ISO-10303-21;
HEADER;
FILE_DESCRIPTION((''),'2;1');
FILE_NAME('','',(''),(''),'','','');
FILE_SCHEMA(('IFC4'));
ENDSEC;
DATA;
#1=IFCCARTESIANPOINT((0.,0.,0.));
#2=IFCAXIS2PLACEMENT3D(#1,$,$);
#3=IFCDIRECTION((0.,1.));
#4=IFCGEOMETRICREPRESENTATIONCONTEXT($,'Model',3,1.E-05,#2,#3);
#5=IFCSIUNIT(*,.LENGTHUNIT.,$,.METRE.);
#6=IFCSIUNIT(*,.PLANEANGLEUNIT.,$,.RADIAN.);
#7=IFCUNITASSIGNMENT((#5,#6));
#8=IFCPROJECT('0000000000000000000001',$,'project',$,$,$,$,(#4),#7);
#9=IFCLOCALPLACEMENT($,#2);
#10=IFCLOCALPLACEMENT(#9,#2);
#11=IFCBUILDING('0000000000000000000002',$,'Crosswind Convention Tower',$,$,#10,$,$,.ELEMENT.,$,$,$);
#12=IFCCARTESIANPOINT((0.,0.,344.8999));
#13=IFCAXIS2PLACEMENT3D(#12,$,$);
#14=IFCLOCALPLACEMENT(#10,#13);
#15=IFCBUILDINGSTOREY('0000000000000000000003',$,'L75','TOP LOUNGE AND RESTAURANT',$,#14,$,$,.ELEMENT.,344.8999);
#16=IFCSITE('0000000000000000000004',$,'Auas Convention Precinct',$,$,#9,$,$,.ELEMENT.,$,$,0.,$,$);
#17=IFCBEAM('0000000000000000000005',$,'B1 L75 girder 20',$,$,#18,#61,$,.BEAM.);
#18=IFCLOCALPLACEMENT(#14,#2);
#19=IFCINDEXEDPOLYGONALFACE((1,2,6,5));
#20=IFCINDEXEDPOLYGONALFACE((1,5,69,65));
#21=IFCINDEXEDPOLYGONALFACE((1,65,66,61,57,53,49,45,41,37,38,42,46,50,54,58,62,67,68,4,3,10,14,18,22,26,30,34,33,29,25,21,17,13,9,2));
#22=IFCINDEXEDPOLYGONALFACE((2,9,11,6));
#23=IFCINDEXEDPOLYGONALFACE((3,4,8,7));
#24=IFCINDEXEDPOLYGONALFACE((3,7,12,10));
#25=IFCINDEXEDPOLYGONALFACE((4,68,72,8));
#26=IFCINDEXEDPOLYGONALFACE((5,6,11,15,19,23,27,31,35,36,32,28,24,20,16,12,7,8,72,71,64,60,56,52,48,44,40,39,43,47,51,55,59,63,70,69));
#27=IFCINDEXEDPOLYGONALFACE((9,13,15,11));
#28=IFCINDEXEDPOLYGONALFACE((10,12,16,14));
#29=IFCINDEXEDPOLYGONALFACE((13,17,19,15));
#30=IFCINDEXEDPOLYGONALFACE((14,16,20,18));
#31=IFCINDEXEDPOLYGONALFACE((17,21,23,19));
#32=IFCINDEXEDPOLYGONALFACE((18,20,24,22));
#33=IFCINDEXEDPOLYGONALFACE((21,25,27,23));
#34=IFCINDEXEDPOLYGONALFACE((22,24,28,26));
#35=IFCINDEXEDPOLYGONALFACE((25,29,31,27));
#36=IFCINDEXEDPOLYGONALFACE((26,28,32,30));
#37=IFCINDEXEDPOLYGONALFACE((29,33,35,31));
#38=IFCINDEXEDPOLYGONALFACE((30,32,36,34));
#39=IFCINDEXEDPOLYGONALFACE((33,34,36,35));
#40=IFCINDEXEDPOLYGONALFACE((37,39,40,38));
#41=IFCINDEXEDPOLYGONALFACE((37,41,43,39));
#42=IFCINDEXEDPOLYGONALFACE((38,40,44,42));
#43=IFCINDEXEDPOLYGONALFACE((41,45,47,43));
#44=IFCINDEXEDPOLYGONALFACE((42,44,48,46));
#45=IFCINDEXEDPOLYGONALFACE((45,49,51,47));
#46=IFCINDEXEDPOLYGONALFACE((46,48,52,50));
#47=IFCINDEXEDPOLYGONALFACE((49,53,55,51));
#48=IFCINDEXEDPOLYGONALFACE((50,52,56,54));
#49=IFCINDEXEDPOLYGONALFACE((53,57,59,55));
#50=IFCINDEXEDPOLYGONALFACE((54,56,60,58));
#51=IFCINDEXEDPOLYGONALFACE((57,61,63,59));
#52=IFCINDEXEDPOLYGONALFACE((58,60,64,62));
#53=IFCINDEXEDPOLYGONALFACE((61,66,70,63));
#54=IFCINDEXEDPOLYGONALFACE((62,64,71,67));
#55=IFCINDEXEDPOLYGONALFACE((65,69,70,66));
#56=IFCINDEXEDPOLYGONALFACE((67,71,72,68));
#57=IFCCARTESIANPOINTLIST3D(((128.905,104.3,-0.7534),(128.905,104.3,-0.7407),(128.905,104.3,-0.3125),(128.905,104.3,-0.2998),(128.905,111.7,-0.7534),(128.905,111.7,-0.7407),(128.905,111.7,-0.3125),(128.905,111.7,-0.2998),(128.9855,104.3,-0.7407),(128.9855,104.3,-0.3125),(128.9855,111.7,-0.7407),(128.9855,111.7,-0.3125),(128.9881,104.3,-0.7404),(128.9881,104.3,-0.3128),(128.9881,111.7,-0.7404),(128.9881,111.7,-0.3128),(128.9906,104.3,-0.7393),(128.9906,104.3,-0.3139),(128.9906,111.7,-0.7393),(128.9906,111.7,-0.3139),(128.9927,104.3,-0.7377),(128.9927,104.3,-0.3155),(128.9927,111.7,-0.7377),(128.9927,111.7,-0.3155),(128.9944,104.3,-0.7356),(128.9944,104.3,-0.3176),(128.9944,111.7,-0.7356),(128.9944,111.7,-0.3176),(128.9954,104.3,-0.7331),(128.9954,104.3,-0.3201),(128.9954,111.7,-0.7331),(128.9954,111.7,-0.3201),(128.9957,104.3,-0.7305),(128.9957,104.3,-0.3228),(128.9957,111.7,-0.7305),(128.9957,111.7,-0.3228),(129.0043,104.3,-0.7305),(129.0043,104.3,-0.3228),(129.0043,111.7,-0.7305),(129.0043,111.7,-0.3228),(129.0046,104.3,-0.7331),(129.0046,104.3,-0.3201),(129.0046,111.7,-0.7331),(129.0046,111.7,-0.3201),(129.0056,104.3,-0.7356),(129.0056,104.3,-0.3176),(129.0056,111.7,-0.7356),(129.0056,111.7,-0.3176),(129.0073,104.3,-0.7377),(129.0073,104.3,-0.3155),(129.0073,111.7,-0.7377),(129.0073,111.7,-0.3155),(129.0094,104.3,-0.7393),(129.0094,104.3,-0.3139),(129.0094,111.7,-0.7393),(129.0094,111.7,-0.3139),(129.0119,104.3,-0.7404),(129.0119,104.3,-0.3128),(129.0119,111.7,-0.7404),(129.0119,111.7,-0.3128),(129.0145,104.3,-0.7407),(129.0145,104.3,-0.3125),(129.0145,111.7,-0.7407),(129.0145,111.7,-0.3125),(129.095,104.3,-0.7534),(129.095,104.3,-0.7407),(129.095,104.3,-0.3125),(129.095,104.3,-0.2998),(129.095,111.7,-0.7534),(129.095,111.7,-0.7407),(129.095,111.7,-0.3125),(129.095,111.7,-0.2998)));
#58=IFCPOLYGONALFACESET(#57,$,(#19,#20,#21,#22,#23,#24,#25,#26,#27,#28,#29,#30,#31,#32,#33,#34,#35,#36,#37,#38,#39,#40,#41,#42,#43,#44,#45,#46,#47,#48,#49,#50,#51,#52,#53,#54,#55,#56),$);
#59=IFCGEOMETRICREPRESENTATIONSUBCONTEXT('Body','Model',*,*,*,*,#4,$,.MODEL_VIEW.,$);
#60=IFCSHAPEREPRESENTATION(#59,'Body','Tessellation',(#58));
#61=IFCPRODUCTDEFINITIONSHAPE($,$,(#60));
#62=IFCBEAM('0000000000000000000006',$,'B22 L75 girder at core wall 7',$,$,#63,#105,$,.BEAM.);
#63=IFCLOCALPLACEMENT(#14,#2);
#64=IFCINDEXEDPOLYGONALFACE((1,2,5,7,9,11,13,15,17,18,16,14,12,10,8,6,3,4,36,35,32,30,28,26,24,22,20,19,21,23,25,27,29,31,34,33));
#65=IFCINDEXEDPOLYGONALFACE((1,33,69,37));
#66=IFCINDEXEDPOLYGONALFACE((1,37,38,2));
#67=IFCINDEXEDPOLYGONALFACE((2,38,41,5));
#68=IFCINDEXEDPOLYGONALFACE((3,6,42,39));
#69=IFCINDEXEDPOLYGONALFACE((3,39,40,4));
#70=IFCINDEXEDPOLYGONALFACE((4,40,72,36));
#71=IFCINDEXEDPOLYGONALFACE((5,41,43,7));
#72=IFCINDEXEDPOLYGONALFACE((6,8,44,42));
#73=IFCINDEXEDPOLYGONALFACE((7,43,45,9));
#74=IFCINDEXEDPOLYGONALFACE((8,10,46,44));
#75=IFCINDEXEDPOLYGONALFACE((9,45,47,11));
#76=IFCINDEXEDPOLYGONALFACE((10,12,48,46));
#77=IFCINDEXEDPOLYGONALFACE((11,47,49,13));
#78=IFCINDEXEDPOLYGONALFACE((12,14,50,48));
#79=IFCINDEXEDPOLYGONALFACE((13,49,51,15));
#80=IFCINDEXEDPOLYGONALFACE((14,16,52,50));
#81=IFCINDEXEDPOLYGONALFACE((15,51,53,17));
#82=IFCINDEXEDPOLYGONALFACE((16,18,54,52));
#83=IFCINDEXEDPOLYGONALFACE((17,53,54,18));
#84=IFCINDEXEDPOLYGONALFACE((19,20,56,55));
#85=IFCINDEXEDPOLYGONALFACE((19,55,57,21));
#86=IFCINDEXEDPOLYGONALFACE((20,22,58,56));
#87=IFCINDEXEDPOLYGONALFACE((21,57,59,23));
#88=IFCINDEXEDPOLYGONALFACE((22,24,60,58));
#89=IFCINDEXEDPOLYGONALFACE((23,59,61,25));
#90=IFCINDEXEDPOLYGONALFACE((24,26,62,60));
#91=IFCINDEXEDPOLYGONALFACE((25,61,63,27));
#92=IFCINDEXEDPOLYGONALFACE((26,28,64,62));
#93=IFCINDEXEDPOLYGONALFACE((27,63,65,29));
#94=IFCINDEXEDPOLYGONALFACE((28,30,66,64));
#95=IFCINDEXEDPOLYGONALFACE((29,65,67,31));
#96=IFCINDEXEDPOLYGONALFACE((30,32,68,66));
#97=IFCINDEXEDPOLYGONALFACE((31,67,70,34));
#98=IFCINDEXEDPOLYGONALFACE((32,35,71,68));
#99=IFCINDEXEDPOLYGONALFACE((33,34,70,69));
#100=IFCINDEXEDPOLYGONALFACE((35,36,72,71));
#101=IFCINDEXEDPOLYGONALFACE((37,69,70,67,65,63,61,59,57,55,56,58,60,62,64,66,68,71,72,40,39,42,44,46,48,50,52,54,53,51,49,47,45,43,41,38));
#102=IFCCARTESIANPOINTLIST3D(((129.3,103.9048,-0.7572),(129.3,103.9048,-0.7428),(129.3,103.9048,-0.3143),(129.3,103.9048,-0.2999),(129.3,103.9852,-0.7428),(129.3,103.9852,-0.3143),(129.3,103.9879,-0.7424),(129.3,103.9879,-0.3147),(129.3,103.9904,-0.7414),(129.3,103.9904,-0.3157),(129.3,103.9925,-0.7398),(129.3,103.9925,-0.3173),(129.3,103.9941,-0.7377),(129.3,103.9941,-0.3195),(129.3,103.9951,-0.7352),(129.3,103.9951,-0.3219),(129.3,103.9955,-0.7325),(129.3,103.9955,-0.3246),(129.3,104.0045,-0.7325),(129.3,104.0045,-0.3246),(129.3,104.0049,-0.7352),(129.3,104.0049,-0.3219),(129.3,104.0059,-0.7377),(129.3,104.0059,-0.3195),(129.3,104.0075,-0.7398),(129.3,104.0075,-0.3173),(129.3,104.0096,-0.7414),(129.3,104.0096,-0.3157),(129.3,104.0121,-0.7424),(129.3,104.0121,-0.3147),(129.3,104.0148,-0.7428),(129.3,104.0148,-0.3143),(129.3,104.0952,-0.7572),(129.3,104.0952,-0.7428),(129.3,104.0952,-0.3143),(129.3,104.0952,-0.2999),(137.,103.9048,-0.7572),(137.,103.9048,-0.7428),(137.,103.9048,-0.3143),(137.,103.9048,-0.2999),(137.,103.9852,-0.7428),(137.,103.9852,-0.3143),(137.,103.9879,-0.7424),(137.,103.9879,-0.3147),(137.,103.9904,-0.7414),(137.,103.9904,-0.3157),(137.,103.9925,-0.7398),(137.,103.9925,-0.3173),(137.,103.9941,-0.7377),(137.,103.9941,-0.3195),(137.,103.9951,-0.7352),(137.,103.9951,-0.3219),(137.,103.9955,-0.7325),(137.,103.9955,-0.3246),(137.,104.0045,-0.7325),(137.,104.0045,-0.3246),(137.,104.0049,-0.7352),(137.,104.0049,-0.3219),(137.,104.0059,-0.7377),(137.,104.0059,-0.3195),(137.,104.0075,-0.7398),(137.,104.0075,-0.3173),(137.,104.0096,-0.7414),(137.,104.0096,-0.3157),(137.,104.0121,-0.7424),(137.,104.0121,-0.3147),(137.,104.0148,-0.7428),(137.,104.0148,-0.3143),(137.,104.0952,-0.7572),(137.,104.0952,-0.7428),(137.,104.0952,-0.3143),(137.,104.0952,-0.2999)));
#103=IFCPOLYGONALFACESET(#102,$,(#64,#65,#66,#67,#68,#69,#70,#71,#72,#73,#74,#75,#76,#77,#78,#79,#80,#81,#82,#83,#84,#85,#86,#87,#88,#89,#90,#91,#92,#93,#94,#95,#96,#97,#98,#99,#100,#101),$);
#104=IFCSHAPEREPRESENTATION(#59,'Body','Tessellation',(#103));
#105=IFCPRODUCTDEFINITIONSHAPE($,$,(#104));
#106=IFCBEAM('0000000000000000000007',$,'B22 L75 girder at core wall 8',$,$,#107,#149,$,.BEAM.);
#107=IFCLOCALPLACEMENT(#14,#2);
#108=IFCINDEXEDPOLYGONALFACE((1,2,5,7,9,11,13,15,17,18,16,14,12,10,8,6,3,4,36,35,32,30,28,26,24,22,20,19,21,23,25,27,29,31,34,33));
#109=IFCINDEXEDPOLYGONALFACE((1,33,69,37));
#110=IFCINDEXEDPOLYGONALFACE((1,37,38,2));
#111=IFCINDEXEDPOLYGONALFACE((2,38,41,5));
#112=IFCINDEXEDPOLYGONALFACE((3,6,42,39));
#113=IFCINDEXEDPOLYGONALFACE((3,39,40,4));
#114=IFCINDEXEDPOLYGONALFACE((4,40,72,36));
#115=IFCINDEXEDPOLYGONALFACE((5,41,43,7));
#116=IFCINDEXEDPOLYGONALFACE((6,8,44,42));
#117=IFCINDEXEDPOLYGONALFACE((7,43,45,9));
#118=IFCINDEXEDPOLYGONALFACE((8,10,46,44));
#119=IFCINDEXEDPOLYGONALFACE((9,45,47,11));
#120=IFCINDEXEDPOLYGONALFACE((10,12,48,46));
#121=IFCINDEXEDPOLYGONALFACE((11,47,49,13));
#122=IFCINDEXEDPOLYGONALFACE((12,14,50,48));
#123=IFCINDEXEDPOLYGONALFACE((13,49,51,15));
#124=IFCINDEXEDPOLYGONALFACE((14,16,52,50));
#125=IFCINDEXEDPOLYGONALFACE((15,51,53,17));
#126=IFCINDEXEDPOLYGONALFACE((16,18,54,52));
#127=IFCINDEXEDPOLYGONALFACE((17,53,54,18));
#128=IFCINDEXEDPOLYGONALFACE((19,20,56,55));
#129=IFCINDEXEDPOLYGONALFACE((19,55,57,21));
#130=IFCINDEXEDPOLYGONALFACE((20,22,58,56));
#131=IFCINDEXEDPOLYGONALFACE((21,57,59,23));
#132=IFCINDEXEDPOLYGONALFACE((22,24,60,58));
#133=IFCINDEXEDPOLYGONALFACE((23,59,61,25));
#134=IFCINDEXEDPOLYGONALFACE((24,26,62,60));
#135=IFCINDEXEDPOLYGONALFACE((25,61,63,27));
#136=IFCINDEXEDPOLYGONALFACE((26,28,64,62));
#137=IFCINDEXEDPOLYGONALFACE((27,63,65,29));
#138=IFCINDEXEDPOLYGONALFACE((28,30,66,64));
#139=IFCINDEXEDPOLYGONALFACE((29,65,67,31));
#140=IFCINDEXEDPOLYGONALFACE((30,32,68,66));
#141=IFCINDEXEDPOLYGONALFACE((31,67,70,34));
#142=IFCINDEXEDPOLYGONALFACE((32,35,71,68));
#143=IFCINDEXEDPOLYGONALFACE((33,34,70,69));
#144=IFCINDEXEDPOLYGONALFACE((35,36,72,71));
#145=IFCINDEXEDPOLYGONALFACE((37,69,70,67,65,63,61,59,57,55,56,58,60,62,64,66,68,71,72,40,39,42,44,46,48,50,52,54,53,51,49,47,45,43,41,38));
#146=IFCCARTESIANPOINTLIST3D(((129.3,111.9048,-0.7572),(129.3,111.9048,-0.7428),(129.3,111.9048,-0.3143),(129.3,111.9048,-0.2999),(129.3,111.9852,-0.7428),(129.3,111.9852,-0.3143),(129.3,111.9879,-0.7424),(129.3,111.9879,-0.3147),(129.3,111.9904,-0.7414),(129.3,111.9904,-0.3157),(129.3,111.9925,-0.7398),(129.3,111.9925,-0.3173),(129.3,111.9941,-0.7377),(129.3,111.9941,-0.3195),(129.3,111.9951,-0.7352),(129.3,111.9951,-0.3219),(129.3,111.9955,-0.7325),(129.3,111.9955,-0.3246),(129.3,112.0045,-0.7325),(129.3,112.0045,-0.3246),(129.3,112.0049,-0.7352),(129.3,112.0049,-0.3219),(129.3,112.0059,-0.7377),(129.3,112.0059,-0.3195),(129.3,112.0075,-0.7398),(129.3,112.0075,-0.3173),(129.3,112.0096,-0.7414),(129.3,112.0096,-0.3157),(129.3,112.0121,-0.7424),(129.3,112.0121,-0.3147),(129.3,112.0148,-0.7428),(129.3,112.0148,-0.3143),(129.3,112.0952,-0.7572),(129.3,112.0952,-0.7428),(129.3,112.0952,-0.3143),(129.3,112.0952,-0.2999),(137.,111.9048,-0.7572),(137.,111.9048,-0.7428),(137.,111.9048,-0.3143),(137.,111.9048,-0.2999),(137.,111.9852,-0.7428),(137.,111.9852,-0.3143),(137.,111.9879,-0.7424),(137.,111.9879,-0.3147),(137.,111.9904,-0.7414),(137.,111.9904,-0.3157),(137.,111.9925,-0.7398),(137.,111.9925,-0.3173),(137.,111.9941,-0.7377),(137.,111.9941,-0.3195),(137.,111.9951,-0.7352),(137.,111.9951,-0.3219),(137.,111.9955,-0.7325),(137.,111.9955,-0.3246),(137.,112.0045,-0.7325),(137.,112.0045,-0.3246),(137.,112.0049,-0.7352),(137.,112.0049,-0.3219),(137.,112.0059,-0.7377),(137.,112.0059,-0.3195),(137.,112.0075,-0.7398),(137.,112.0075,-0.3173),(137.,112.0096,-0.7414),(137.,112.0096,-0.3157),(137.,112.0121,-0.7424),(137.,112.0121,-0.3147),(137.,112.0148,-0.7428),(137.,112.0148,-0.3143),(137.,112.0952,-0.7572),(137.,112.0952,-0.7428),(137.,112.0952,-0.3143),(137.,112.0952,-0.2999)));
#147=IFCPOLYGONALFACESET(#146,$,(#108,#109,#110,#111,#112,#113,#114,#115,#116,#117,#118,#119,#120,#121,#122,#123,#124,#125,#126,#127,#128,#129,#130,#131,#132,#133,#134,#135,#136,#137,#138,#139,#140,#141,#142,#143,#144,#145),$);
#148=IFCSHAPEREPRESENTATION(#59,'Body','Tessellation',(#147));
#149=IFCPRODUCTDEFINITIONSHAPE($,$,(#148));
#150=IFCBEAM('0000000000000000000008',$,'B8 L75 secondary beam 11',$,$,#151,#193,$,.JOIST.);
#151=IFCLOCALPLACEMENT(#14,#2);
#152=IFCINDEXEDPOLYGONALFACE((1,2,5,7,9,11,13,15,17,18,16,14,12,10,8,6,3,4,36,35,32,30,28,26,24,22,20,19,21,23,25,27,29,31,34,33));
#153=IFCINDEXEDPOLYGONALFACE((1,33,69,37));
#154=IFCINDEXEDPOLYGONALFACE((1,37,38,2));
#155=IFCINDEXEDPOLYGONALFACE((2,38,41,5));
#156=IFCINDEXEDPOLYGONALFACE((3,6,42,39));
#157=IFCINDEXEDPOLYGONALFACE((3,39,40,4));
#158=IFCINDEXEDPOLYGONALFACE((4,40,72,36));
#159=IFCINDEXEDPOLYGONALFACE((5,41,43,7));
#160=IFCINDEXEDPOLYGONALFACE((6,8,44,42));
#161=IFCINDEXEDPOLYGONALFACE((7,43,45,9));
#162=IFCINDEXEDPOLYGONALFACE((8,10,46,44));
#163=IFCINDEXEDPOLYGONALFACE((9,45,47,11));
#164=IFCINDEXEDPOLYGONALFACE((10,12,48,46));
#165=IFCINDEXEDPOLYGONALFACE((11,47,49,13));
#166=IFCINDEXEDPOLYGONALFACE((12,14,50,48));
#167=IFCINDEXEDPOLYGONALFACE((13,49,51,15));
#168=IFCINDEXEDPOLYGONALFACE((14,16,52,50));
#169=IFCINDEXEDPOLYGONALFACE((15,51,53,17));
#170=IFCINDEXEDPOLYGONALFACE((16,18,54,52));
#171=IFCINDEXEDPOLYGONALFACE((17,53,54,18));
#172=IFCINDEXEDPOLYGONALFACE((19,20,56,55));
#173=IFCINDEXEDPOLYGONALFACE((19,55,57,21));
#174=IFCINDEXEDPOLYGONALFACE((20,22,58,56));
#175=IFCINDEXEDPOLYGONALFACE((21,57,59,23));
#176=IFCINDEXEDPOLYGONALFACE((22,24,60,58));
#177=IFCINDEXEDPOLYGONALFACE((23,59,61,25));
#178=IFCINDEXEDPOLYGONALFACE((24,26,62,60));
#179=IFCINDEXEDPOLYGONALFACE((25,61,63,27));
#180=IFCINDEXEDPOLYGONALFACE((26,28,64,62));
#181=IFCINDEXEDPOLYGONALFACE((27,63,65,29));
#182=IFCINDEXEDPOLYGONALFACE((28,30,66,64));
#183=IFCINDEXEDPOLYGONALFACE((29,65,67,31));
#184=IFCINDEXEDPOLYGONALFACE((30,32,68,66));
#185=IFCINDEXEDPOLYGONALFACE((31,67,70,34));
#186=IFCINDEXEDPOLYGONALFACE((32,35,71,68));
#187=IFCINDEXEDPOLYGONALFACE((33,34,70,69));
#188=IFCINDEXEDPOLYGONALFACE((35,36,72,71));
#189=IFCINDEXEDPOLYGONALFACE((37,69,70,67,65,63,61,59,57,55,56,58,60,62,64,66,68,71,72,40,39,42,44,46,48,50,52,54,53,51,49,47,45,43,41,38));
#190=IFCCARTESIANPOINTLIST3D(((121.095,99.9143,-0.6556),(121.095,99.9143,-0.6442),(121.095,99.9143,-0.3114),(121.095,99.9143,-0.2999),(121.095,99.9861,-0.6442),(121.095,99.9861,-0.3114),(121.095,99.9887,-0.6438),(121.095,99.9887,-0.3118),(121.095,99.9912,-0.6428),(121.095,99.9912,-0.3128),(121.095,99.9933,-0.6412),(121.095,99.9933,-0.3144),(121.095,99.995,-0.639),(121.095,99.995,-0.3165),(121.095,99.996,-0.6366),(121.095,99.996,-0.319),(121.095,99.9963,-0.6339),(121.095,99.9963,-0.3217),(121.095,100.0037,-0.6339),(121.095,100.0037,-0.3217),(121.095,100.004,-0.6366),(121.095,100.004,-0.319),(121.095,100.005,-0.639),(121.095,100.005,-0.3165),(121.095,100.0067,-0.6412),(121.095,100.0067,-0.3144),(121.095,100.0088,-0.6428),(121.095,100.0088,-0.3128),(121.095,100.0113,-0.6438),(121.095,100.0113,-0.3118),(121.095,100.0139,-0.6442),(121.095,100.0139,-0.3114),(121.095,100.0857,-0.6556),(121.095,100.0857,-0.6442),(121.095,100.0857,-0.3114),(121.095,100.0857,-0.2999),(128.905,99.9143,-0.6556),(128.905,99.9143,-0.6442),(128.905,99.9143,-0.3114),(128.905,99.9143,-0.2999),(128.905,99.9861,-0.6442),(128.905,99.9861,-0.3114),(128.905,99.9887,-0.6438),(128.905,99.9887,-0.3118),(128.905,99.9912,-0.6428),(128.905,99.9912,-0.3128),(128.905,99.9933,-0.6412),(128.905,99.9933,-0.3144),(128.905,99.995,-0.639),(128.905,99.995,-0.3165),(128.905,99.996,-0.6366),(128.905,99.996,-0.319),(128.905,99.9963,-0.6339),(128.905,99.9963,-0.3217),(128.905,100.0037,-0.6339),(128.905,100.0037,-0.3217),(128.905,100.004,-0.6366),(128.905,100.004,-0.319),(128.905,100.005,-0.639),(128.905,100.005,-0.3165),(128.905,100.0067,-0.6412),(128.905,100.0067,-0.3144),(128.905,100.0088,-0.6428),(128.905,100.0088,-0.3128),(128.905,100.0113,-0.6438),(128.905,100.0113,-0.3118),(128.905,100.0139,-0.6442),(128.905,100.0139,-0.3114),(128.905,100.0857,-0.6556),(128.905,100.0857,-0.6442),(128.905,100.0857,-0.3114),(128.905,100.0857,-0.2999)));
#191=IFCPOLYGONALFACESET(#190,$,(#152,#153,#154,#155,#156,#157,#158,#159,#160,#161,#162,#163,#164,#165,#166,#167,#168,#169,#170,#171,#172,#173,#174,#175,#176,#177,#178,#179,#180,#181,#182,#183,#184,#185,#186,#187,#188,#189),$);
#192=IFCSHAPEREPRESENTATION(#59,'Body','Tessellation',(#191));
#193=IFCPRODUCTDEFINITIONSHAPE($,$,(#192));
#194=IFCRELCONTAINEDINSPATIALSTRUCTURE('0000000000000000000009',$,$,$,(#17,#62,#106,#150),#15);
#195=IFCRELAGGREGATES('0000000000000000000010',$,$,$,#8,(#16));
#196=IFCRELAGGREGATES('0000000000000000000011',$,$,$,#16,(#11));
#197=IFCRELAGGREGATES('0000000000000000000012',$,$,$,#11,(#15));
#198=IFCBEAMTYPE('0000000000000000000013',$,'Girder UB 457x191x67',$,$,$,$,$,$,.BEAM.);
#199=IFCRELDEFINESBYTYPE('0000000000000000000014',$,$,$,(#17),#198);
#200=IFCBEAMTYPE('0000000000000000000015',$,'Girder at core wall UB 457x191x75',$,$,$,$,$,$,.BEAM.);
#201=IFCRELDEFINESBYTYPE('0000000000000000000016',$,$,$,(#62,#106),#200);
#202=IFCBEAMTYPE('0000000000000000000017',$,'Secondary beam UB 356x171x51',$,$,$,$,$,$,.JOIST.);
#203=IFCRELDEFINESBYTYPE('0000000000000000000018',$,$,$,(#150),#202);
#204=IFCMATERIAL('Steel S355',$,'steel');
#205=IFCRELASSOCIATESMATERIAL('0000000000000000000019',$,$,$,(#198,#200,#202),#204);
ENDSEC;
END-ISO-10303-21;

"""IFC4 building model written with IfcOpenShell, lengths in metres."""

from ifc_helpers import new_model, si_unit, direction, frame, origin, origin_2d, place, context, subcontext, project, spatial, i_section, extrude, material, material_profile, profile_set, type_object, element, save


model = new_model("IFC4")

# Units and contexts
model_context = context("Model", 3, precision=1e-05, world=origin(), true_north=direction((0.0, 1.0)))
body_context = subcontext(model_context, "Body", "Model", "MODEL_VIEW")
ifc_project = project(units=[si_unit("LENGTHUNIT", "METRE"), si_unit("PLANEANGLEUNIT", "RADIAN")], contexts=[model_context])

# Site, building, storey
site_placement = place(None, origin())
site = spatial("IfcSite", under=ifc_project, at=site_placement, Name="Auas Convention Precinct", CompositionType="ELEMENT", RefElevation=0.0)
building_placement = place(site_placement, origin())
building = spatial("IfcBuilding", under=site, at=building_placement, Name="Crosswind Convention Tower", CompositionType="ELEMENT")
storey_placement = place(building_placement, frame((0.0, 0.0, 344.8999)))
storey = spatial("IfcBuildingStorey", under=building, at=storey_placement, Name="L75", Description="TOP LOUNGE AND RESTAURANT", CompositionType="ELEMENT", Elevation=344.8999)

# Beams
ifc_material_1 = material(Name="Steel S355", Category="steel")
ifc_material_profile_1 = material_profile(ifc_material_1, i_section(OverallWidth=0.1899, OverallDepth=0.4536, WebThickness=0.0085, FlangeThickness=0.0127, FilletRadius=0.0103, at=origin_2d()), Name="UB 457x191x67")
ifc_profile_set_1 = profile_set([ifc_material_profile_1], Name="Steel S355")
beam_type_1 = type_object("IfcBeamType", Name="Girder UB 457x191x67", PredefinedType="BEAM", material=ifc_profile_set_1)
for number, where, z_axis, x_axis, name in (
    (1, (129.0, 104.3, -0.5266), (0.0, 1.0, 0.0), (-1.0, 0.0, 0.0), "B1 L75 girder 20"),
):
    element("IfcBeam", number, at=place(storey_placement, frame(where, z_axis=z_axis, x_axis=x_axis)), inside=storey, type_object=beam_type_1, Name=name, PredefinedType="BEAM", context=body_context, shape_type="SweptSolid", body=[
        extrude(i_section(OverallWidth=0.1899, OverallDepth=0.4536, WebThickness=0.0085, FlangeThickness=0.0127, FilletRadius=0.0103, at=origin_2d()), origin(), (0.0, 0.0, 1.0), 7.3999),
    ])
ifc_material_profile_2 = material_profile(ifc_material_1, i_section(OverallWidth=0.1904, OverallDepth=0.4573, WebThickness=0.009, FlangeThickness=0.0144, FilletRadius=0.0103, at=origin_2d()), Name="UB 457x191x75")
ifc_profile_set_2 = profile_set([ifc_material_profile_2], Name="Steel S355")
beam_type_2 = type_object("IfcBeamType", Name="Girder at core wall UB 457x191x75", PredefinedType="BEAM", material=ifc_profile_set_2)
for number, where, z_axis, x_axis, name in (
    (2, (129.3, 104.0, -0.5286), (1.0, 0.0, 0.0), (0.0, 1.0, 0.0), "B22 L75 girder at core wall 7"),
    (3, (129.3, 112.0, -0.5286), (1.0, 0.0, 0.0), (0.0, 1.0, 0.0), "B22 L75 girder at core wall 8"),
):
    element("IfcBeam", number, at=place(storey_placement, frame(where, z_axis=z_axis, x_axis=x_axis)), inside=storey, type_object=beam_type_2, Name=name, PredefinedType="BEAM", context=body_context, shape_type="SweptSolid", body=[
        extrude(i_section(OverallWidth=0.1904, OverallDepth=0.4573, WebThickness=0.009, FlangeThickness=0.0144, FilletRadius=0.0103, at=origin_2d()), origin(), (0.0, 0.0, 1.0), 7.7),
    ])
ifc_material_profile_3 = material_profile(ifc_material_1, i_section(OverallWidth=0.1714, OverallDepth=0.3557, WebThickness=0.0073, FlangeThickness=0.0115, FilletRadius=0.0103, at=origin_2d()), Name="UB 356x171x51")
ifc_profile_set_3 = profile_set([ifc_material_profile_3], Name="Steel S355")
beam_type_3 = type_object("IfcBeamType", Name="Secondary beam UB 356x171x51", PredefinedType="JOIST", material=ifc_profile_set_3)
for number, where, z_axis, x_axis, name in (
    (4, (121.095, 100.0, -0.4778), (1.0, 0.0, 0.0), (0.0, 1.0, 0.0), "B8 L75 secondary beam 11"),
):
    element("IfcBeam", number, at=place(storey_placement, frame(where, z_axis=z_axis, x_axis=x_axis)), inside=storey, type_object=beam_type_3, Name=name, PredefinedType="JOIST", context=body_context, shape_type="SweptSolid", body=[
        extrude(i_section(OverallWidth=0.1714, OverallDepth=0.3557, WebThickness=0.0073, FlangeThickness=0.0115, FilletRadius=0.0103, at=origin_2d()), origin(), (0.0, 0.0, 1.0), 7.8101),
    ])

save(model, "model.ifc")
